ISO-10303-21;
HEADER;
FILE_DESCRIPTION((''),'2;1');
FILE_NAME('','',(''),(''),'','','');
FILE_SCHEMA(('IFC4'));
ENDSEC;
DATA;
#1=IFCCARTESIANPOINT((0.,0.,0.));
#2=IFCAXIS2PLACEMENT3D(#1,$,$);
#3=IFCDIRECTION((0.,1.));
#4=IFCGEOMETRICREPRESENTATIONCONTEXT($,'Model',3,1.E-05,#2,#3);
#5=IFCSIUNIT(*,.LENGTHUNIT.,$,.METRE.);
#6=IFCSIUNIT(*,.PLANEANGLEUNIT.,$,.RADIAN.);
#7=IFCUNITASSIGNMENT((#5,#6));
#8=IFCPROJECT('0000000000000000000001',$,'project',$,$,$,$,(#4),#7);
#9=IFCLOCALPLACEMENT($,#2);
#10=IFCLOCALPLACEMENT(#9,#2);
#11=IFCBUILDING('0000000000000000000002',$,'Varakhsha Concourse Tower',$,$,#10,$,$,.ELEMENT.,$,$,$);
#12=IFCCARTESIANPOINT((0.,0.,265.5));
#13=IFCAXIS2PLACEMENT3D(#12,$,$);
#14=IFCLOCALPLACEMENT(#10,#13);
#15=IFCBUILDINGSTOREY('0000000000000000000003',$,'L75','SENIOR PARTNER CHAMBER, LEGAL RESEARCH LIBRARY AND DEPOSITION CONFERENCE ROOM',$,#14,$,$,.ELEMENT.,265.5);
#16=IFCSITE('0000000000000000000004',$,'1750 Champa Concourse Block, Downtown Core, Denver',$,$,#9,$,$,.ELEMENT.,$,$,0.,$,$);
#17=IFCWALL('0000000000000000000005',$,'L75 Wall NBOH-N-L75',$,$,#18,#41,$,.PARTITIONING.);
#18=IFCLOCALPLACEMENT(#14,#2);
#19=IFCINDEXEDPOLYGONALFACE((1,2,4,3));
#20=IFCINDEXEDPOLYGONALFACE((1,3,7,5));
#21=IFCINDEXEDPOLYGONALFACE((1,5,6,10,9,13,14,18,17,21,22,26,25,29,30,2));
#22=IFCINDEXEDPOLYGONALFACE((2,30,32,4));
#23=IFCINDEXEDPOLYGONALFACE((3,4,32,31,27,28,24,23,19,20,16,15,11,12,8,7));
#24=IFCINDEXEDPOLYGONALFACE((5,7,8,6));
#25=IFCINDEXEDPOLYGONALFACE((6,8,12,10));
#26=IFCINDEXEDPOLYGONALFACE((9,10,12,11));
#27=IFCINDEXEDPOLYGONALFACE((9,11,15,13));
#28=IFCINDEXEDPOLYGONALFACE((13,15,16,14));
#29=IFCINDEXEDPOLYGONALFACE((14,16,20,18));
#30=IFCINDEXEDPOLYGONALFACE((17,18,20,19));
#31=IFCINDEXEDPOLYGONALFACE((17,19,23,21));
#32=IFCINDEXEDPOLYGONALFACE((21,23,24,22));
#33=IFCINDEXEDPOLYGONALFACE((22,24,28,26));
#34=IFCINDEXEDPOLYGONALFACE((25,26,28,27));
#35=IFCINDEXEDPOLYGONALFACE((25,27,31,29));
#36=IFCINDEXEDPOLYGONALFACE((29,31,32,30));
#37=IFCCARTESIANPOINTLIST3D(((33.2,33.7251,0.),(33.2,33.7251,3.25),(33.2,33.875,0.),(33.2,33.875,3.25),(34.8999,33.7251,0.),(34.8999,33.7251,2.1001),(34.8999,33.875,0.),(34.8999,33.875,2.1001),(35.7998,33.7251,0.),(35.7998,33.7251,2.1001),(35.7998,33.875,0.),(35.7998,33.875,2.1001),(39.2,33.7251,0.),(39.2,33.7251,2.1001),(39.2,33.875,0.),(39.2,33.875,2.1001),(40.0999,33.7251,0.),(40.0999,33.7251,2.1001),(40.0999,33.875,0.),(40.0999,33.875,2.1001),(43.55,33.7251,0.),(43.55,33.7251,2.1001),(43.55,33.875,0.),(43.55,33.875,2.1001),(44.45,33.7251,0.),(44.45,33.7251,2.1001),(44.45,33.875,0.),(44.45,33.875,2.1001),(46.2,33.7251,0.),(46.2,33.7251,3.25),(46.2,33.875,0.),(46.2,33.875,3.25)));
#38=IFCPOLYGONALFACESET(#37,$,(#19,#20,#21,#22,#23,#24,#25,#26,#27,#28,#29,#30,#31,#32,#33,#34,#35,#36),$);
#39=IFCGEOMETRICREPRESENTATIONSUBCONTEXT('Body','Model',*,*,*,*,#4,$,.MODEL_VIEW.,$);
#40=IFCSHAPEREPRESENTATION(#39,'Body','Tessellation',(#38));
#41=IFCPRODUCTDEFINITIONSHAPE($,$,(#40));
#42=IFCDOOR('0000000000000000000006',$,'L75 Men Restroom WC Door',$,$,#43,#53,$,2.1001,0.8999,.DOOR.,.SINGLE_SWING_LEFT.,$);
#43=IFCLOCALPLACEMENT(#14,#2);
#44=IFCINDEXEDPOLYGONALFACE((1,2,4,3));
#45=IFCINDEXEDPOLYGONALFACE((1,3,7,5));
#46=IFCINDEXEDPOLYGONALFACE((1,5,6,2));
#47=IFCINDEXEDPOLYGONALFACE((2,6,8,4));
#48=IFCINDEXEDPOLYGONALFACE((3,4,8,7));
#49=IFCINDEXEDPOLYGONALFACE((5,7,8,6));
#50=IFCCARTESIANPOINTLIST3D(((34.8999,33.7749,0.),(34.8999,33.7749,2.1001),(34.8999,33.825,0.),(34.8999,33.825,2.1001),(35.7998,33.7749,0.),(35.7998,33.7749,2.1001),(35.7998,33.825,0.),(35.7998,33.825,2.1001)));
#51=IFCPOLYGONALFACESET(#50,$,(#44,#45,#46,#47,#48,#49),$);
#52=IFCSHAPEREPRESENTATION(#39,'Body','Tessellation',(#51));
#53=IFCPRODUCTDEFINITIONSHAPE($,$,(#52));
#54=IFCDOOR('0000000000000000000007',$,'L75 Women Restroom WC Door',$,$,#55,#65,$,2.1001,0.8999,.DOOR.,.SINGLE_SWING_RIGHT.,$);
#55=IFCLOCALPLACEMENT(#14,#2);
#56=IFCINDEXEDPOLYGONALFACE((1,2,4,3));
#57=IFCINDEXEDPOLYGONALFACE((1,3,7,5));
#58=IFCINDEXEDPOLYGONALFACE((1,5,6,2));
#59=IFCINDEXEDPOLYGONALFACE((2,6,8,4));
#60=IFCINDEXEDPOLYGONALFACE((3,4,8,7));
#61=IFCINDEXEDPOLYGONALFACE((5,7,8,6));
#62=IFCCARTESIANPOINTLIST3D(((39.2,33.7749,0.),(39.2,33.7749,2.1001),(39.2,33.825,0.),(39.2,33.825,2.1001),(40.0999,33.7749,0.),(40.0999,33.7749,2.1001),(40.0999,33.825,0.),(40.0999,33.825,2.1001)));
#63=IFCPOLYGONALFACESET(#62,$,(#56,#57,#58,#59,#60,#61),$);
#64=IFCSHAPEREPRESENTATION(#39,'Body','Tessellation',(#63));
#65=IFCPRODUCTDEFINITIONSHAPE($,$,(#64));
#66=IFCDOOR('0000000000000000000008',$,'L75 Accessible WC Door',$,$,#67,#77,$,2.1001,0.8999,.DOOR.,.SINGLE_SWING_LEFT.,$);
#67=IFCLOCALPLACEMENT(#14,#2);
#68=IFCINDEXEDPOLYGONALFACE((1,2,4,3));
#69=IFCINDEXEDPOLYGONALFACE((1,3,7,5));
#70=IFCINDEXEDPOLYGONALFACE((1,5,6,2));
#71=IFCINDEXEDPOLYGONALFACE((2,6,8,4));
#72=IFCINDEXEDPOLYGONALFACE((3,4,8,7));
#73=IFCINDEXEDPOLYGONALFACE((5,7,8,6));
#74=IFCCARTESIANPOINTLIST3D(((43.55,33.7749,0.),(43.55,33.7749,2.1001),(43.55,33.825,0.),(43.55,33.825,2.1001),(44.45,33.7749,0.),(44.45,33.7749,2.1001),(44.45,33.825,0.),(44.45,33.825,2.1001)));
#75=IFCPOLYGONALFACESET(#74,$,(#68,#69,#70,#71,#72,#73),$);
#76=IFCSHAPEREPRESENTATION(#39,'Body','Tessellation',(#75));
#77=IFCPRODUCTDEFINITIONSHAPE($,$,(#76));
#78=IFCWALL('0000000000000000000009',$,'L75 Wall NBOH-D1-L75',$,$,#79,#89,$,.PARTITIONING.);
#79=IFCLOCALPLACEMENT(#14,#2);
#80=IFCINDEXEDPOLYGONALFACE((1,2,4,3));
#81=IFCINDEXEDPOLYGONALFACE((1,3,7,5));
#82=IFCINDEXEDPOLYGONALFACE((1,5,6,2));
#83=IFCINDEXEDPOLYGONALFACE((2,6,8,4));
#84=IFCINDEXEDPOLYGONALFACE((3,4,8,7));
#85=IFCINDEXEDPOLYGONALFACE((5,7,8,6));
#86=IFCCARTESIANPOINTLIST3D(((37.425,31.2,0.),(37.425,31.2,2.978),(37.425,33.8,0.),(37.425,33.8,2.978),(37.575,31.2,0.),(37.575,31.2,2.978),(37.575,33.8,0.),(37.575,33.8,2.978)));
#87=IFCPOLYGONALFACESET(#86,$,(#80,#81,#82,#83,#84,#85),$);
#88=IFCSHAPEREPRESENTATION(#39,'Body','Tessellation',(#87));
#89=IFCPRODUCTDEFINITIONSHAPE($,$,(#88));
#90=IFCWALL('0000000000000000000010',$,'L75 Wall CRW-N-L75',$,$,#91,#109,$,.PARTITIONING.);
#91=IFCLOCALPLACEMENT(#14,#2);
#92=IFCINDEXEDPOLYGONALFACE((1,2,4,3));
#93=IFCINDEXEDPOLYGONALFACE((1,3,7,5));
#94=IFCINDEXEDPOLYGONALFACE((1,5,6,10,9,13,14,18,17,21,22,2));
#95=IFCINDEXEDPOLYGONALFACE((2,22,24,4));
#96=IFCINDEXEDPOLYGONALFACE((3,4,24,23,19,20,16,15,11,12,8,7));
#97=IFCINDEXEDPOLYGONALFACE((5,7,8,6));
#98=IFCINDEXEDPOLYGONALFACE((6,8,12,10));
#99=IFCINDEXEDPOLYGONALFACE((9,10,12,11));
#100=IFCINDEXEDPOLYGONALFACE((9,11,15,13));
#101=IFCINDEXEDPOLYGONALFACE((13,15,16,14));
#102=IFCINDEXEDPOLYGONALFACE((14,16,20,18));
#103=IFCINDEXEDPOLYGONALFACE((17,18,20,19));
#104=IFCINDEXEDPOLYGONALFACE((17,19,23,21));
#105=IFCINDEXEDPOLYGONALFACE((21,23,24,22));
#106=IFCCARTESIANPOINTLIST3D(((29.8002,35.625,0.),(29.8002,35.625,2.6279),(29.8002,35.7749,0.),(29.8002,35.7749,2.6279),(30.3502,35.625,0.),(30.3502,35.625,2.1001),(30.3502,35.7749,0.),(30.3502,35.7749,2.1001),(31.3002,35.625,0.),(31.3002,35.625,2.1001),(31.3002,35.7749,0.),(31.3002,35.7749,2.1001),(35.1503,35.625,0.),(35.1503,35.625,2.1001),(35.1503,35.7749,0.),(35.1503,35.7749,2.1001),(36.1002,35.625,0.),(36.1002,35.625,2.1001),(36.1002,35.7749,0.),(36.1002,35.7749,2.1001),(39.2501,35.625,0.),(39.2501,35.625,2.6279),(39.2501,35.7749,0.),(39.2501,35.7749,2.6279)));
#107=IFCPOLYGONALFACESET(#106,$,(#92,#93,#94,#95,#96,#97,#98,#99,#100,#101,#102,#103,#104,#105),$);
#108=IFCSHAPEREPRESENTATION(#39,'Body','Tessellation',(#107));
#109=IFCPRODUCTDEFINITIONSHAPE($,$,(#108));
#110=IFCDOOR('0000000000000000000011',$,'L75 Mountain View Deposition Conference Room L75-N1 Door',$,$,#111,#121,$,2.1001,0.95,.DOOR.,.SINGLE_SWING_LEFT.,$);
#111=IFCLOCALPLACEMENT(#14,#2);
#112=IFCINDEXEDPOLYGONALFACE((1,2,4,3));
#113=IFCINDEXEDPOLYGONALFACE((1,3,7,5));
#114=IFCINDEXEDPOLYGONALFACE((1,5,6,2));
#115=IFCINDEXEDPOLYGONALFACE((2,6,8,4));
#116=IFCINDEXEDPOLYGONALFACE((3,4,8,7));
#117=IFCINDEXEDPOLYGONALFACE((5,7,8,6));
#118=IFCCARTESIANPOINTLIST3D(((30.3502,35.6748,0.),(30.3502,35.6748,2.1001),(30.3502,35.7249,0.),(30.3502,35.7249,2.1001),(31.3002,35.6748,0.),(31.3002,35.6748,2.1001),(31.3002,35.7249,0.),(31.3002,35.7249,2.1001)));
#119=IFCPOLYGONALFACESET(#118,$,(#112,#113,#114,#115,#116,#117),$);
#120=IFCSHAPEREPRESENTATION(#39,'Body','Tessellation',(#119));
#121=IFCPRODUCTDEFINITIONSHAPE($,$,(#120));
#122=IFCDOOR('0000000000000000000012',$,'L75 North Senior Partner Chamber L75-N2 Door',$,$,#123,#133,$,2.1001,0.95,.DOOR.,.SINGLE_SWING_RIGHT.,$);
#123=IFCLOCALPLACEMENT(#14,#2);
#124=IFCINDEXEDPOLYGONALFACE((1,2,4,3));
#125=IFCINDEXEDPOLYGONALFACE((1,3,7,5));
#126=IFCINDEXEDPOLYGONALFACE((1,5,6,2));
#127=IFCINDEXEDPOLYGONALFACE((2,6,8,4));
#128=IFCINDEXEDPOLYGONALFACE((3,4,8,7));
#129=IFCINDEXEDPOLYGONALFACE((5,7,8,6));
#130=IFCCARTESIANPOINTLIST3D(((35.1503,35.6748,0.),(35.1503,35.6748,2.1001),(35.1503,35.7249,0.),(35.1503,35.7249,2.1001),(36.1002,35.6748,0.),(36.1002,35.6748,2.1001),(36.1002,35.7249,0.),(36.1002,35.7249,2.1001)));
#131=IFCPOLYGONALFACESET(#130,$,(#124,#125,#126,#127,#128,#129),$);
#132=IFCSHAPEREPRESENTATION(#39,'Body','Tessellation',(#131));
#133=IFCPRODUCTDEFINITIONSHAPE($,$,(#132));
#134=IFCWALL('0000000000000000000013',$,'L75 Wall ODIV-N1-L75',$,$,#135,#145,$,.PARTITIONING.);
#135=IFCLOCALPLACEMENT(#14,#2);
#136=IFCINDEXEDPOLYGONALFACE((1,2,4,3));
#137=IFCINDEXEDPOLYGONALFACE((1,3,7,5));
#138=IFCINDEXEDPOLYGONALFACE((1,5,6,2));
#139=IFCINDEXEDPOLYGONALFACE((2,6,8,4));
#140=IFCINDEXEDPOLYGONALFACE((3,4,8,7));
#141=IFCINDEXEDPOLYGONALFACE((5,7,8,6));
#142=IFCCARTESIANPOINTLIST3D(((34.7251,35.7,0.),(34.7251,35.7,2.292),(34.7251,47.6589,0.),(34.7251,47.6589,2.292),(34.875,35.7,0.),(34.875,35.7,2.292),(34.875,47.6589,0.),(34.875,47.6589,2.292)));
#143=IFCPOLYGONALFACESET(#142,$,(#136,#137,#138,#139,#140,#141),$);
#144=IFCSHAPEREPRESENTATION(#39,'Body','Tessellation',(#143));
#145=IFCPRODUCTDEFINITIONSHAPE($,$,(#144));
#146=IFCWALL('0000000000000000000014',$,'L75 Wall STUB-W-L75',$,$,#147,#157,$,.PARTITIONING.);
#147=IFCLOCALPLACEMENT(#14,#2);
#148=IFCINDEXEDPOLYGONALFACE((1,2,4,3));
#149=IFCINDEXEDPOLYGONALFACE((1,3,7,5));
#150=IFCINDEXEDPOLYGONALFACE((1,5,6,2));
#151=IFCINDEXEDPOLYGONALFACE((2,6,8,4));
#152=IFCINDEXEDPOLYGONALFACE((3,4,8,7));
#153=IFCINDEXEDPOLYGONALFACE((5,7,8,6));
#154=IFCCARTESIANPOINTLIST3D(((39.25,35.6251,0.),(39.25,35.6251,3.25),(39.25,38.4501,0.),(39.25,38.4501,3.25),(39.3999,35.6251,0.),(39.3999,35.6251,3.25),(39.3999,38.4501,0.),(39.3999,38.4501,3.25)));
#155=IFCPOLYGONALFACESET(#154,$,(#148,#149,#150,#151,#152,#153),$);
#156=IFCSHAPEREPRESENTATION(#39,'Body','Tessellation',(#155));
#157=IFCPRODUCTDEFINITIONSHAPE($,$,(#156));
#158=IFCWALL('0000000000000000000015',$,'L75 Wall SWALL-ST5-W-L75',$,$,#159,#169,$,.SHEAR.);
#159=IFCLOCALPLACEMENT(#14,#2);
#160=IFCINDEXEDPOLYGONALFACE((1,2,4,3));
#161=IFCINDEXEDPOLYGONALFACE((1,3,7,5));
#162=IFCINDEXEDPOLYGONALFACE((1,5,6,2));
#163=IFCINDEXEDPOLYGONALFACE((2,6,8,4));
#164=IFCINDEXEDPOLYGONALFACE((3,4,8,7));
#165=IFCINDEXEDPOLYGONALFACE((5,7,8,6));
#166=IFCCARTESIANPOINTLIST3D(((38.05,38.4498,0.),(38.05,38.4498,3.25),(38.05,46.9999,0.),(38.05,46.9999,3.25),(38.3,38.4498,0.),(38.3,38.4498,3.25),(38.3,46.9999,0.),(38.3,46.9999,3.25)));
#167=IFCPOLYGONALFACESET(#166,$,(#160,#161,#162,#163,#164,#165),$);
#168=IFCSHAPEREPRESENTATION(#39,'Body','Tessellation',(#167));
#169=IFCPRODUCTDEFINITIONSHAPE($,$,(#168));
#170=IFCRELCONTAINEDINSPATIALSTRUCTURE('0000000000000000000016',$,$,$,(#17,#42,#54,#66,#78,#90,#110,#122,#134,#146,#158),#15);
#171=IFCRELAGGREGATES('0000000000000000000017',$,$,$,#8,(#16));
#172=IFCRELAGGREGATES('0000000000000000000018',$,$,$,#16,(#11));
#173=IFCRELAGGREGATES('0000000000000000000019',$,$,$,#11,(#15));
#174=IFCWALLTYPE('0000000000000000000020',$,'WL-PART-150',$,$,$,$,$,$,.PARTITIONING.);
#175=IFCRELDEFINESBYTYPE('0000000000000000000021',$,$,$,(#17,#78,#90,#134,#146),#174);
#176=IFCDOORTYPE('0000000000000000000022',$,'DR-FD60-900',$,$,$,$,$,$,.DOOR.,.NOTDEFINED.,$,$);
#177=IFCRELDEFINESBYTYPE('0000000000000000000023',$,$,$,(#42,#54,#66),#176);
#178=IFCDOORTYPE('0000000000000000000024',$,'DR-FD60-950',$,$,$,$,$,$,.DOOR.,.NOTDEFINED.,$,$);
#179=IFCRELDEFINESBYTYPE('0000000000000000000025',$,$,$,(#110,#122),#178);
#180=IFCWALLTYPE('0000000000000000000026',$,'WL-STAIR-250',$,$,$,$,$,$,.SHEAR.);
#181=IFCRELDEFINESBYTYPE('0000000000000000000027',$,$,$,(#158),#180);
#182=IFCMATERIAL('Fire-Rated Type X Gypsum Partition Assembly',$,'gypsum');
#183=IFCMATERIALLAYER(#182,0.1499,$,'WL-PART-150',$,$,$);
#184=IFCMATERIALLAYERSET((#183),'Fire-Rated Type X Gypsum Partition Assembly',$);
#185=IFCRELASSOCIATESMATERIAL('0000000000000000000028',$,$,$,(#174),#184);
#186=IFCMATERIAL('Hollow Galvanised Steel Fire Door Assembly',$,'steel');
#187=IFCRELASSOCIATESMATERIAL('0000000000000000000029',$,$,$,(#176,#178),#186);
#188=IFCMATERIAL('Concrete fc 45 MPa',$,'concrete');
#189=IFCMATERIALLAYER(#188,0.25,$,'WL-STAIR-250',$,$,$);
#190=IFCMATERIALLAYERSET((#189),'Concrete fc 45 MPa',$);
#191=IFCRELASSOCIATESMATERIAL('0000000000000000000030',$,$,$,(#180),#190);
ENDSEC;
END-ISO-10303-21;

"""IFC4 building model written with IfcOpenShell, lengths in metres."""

from ifc_helpers import new_model, si_unit, direction, frame, frame_2d, origin, place, context, subcontext, project, spatial, rectangle, extrude, material, layer, layer_set, type_object, element, fill, save


model = new_model("IFC4")

# Units and contexts
model_context = context("Model", 3, precision=1e-05, world=origin(), true_north=direction((0.0, 1.0)))
body_context = subcontext(model_context, "Body", "Model", "MODEL_VIEW")
ifc_project = project(units=[si_unit("LENGTHUNIT", "METRE"), si_unit("PLANEANGLEUNIT", "RADIAN")], contexts=[model_context])

# Site, building, storey
site_placement = place(None, origin())
site = spatial("IfcSite", under=ifc_project, at=site_placement, Name="1750 Champa Concourse Block, Downtown Core, Denver", CompositionType="ELEMENT", RefElevation=0.0)
building_placement = place(site_placement, origin())
building = spatial("IfcBuilding", under=site, at=building_placement, Name="Varakhsha Concourse Tower", CompositionType="ELEMENT")
storey_placement = place(building_placement, frame((0.0, 0.0, 265.5)))
storey = spatial("IfcBuildingStorey", under=building, at=storey_placement, Name="L75", Description="SENIOR PARTNER CHAMBER, LEGAL RESEARCH LIBRARY AND DEPOSITION CONFERENCE ROOM", CompositionType="ELEMENT", Elevation=265.5)

# Wall, openings, doors
ifc_material_1 = material(Name="Fire-Rated Type X Gypsum Partition Assembly", Category="gypsum")
ifc_layer_1 = layer(ifc_material_1, 0.1499, Name="WL-PART-150")
ifc_layer_set_1 = layer_set([ifc_layer_1], Name="Fire-Rated Type X Gypsum Partition Assembly")
wall_type_1 = type_object("IfcWallType", Name="WL-PART-150", PredefinedType="PARTITIONING", material=ifc_layer_set_1)
wall_1_placement = place(storey_placement, frame((33.2, 33.8, 0.0), z_axis=(0.0, 0.0, 1.0), x_axis=(1.0, 0.0, 0.0)))
wall_1 = element("IfcWall", 1, at=wall_1_placement, inside=storey, type_object=wall_type_1, Name="L75 Wall NBOH-N-L75", PredefinedType="PARTITIONING", context=body_context, shape_type="SweptSolid", body=[
    extrude(rectangle(XDim=13.0, YDim=0.1499, at=frame_2d((6.5, 0.0))), origin(), (0.0, 0.0, 1.0), 3.25),
])
opening_1_placement = place(wall_1_placement, frame((1.7, 0.0, 0.0)))
opening_1 = element("IfcOpeningElement", 2, at=opening_1_placement, cuts=wall_1, PredefinedType="OPENING", context=body_context, shape_type="SweptSolid", body=[
    extrude(rectangle(XDim=0.8999, YDim=2.1001, at=frame_2d((0.45, 1.05))), frame((0.0, 0.085, 0.0), z_axis=(0.0, -1.0, 0.0), x_axis=(1.0, 0.0, 0.0)), (0.0, 0.0, 1.0), 0.1699),
])
opening_2_placement = place(wall_1_placement, frame((6.0, 0.0, 0.0)))
opening_2 = element("IfcOpeningElement", 3, at=opening_2_placement, cuts=wall_1, PredefinedType="OPENING", context=body_context, shape_type="SweptSolid", body=[
    extrude(rectangle(XDim=0.8999, YDim=2.1001, at=frame_2d((0.45, 1.05))), frame((0.0, 0.085, 0.0), z_axis=(0.0, -1.0, 0.0), x_axis=(1.0, 0.0, 0.0)), (0.0, 0.0, 1.0), 0.1699),
])
opening_3_placement = place(wall_1_placement, frame((10.3501, 0.0, 0.0)))
opening_3 = element("IfcOpeningElement", 4, at=opening_3_placement, cuts=wall_1, PredefinedType="OPENING", context=body_context, shape_type="SweptSolid", body=[
    extrude(rectangle(XDim=0.8999, YDim=2.1001, at=frame_2d((0.45, 1.05))), frame((0.0, 0.085, 0.0), z_axis=(0.0, -1.0, 0.0), x_axis=(1.0, 0.0, 0.0)), (0.0, 0.0, 1.0), 0.1699),
])
ifc_material_2 = material(Name="Hollow Galvanised Steel Fire Door Assembly", Category="steel")
door_type_1 = type_object("IfcDoorType", Name="DR-FD60-900", OperationType="NOTDEFINED", PredefinedType="DOOR", material=ifc_material_2)
door_1_placement = place(opening_1_placement, origin())
door_1 = element("IfcDoor", 5, at=door_1_placement, inside=storey, type_object=door_type_1, Name="L75 Men Restroom WC Door", OperationType="SINGLE_SWING_LEFT", OverallHeight=2.1001, OverallWidth=0.8999, PredefinedType="DOOR", context=body_context, shape_type="SweptSolid", body=[
    extrude(rectangle(XDim=0.8999, YDim=2.1001, at=frame_2d((0.45, 1.05))), frame((0.0, 0.0249, 0.0), z_axis=(0.0, -1.0, 0.0), x_axis=(1.0, 0.0, 0.0)), (0.0, 0.0, 1.0), 0.05),
])
fill(opening_1, door_1)
door_2_placement = place(opening_2_placement, origin())
door_2 = element("IfcDoor", 6, at=door_2_placement, inside=storey, type_object=door_type_1, Name="L75 Women Restroom WC Door", OperationType="SINGLE_SWING_RIGHT", OverallHeight=2.1001, OverallWidth=0.8999, PredefinedType="DOOR", context=body_context, shape_type="SweptSolid", body=[
    extrude(rectangle(XDim=0.8999, YDim=2.1001, at=frame_2d((0.45, 1.05))), frame((0.0, 0.0249, 0.0), z_axis=(0.0, -1.0, 0.0), x_axis=(1.0, 0.0, 0.0)), (0.0, 0.0, 1.0), 0.05),
])
fill(opening_2, door_2)
door_3_placement = place(opening_3_placement, origin())
door_3 = element("IfcDoor", 7, at=door_3_placement, inside=storey, type_object=door_type_1, Name="L75 Accessible WC Door", OperationType="SINGLE_SWING_LEFT", OverallHeight=2.1001, OverallWidth=0.8999, PredefinedType="DOOR", context=body_context, shape_type="SweptSolid", body=[
    extrude(rectangle(XDim=0.8999, YDim=2.1001, at=frame_2d((0.45, 1.05))), frame((0.0, 0.0249, 0.0), z_axis=(0.0, -1.0, 0.0), x_axis=(1.0, 0.0, 0.0)), (0.0, 0.0, 1.0), 0.05),
])
fill(opening_3, door_3)

# Wall
wall_2_placement = place(storey_placement, frame((37.5, 31.2, 0.0), z_axis=(0.0, 0.0, 1.0), x_axis=(0.0, 1.0, 0.0)))
element("IfcWall", 8, at=wall_2_placement, inside=storey, type_object=wall_type_1, Name="L75 Wall NBOH-D1-L75", PredefinedType="PARTITIONING", context=body_context, shape_type="SweptSolid", body=[
    extrude(rectangle(XDim=2.6001, YDim=0.1499, at=frame_2d((1.3, 0.0))), origin(), (0.0, 0.0, 1.0), 2.978),
])

# Wall, openings, doors
wall_3_placement = place(storey_placement, frame((29.8, 35.7, 0.0), z_axis=(0.0, 0.0, 1.0), x_axis=(1.0, 0.0, 0.0)))
wall_3 = element("IfcWall", 9, at=wall_3_placement, inside=storey, type_object=wall_type_1, Name="L75 Wall CRW-N-L75", PredefinedType="PARTITIONING", context=body_context, shape_type="SweptSolid", body=[
    extrude(rectangle(XDim=9.45, YDim=0.1499, at=frame_2d((4.7251, 0.0))), origin(), (0.0, 0.0, 1.0), 2.6279),
])
opening_4_placement = place(wall_3_placement, frame((0.55, 0.0, 0.0)))
opening_4 = element("IfcOpeningElement", 10, at=opening_4_placement, cuts=wall_3, PredefinedType="OPENING", context=body_context, shape_type="SweptSolid", body=[
    extrude(rectangle(XDim=0.95, YDim=2.1001, at=frame_2d((0.4751, 1.05))), frame((0.0, 0.085, 0.0), z_axis=(0.0, -1.0, 0.0), x_axis=(1.0, 0.0, 0.0)), (0.0, 0.0, 1.0), 0.1699),
])
opening_5_placement = place(wall_3_placement, frame((5.3501, 0.0, 0.0)))
opening_5 = element("IfcOpeningElement", 11, at=opening_5_placement, cuts=wall_3, PredefinedType="OPENING", context=body_context, shape_type="SweptSolid", body=[
    extrude(rectangle(XDim=0.95, YDim=2.1001, at=frame_2d((0.4751, 1.05))), frame((0.0, 0.085, 0.0), z_axis=(0.0, -1.0, 0.0), x_axis=(1.0, 0.0, 0.0)), (0.0, 0.0, 1.0), 0.1699),
])
door_type_2 = type_object("IfcDoorType", Name="DR-FD60-950", OperationType="NOTDEFINED", PredefinedType="DOOR", material=ifc_material_2)
door_4_placement = place(opening_4_placement, origin())
door_4 = element("IfcDoor", 12, at=door_4_placement, inside=storey, type_object=door_type_2, Name="L75 Mountain View Deposition Conference Room L75-N1 Door", OperationType="SINGLE_SWING_LEFT", OverallHeight=2.1001, OverallWidth=0.95, PredefinedType="DOOR", context=body_context, shape_type="SweptSolid", body=[
    extrude(rectangle(XDim=0.95, YDim=2.1001, at=frame_2d((0.4751, 1.05))), frame((0.0, 0.0249, 0.0), z_axis=(0.0, -1.0, 0.0), x_axis=(1.0, 0.0, 0.0)), (0.0, 0.0, 1.0), 0.05),
])
fill(opening_4, door_4)
door_5_placement = place(opening_5_placement, origin())
door_5 = element("IfcDoor", 13, at=door_5_placement, inside=storey, type_object=door_type_2, Name="L75 North Senior Partner Chamber L75-N2 Door", OperationType="SINGLE_SWING_RIGHT", OverallHeight=2.1001, OverallWidth=0.95, PredefinedType="DOOR", context=body_context, shape_type="SweptSolid", body=[
    extrude(rectangle(XDim=0.95, YDim=2.1001, at=frame_2d((0.4751, 1.05))), frame((0.0, 0.0249, 0.0), z_axis=(0.0, -1.0, 0.0), x_axis=(1.0, 0.0, 0.0)), (0.0, 0.0, 1.0), 0.05),
])
fill(opening_5, door_5)

# Walls
wall_4_placement = place(storey_placement, frame((34.8, 35.7, 0.0), z_axis=(0.0, 0.0, 1.0), x_axis=(0.0, 1.0, 0.0)))
element("IfcWall", 14, at=wall_4_placement, inside=storey, type_object=wall_type_1, Name="L75 Wall ODIV-N1-L75", PredefinedType="PARTITIONING", context=body_context, shape_type="SweptSolid", body=[
    extrude(rectangle(XDim=11.959, YDim=0.1499, at=frame_2d((5.9795, 0.0))), origin(), (0.0, 0.0, 1.0), 2.292),
])
wall_5_placement = place(storey_placement, frame((39.325, 35.625, 0.0), z_axis=(0.0, 0.0, 1.0), x_axis=(0.0, 1.0, 0.0)))
element("IfcWall", 15, at=wall_5_placement, inside=storey, type_object=wall_type_1, Name="L75 Wall STUB-W-L75", PredefinedType="PARTITIONING", context=body_context, shape_type="SweptSolid", body=[
    extrude(rectangle(XDim=2.825, YDim=0.1499, at=frame_2d((1.4126, 0.0))), origin(), (0.0, 0.0, 1.0), 3.25),
])
ifc_material_3 = material(Name="Concrete fc 45 MPa", Category="concrete")
ifc_layer_2 = layer(ifc_material_3, 0.25, Name="WL-STAIR-250")
ifc_layer_set_2 = layer_set([ifc_layer_2], Name="Concrete fc 45 MPa")
wall_type_2 = type_object("IfcWallType", Name="WL-STAIR-250", PredefinedType="SHEAR", material=ifc_layer_set_2)
wall_6_placement = place(storey_placement, frame((38.175, 38.45, 0.0), z_axis=(0.0, 0.0, 1.0), x_axis=(0.0, 1.0, 0.0)))
element("IfcWall", 16, at=wall_6_placement, inside=storey, type_object=wall_type_2, Name="L75 Wall SWALL-ST5-W-L75", PredefinedType="SHEAR", context=body_context, shape_type="SweptSolid", body=[
    extrude(rectangle(XDim=8.55, YDim=0.25, at=frame_2d((4.2749, 0.0))), origin(), (0.0, 0.0, 1.0), 3.25),
])

save(model, "model.ifc")
